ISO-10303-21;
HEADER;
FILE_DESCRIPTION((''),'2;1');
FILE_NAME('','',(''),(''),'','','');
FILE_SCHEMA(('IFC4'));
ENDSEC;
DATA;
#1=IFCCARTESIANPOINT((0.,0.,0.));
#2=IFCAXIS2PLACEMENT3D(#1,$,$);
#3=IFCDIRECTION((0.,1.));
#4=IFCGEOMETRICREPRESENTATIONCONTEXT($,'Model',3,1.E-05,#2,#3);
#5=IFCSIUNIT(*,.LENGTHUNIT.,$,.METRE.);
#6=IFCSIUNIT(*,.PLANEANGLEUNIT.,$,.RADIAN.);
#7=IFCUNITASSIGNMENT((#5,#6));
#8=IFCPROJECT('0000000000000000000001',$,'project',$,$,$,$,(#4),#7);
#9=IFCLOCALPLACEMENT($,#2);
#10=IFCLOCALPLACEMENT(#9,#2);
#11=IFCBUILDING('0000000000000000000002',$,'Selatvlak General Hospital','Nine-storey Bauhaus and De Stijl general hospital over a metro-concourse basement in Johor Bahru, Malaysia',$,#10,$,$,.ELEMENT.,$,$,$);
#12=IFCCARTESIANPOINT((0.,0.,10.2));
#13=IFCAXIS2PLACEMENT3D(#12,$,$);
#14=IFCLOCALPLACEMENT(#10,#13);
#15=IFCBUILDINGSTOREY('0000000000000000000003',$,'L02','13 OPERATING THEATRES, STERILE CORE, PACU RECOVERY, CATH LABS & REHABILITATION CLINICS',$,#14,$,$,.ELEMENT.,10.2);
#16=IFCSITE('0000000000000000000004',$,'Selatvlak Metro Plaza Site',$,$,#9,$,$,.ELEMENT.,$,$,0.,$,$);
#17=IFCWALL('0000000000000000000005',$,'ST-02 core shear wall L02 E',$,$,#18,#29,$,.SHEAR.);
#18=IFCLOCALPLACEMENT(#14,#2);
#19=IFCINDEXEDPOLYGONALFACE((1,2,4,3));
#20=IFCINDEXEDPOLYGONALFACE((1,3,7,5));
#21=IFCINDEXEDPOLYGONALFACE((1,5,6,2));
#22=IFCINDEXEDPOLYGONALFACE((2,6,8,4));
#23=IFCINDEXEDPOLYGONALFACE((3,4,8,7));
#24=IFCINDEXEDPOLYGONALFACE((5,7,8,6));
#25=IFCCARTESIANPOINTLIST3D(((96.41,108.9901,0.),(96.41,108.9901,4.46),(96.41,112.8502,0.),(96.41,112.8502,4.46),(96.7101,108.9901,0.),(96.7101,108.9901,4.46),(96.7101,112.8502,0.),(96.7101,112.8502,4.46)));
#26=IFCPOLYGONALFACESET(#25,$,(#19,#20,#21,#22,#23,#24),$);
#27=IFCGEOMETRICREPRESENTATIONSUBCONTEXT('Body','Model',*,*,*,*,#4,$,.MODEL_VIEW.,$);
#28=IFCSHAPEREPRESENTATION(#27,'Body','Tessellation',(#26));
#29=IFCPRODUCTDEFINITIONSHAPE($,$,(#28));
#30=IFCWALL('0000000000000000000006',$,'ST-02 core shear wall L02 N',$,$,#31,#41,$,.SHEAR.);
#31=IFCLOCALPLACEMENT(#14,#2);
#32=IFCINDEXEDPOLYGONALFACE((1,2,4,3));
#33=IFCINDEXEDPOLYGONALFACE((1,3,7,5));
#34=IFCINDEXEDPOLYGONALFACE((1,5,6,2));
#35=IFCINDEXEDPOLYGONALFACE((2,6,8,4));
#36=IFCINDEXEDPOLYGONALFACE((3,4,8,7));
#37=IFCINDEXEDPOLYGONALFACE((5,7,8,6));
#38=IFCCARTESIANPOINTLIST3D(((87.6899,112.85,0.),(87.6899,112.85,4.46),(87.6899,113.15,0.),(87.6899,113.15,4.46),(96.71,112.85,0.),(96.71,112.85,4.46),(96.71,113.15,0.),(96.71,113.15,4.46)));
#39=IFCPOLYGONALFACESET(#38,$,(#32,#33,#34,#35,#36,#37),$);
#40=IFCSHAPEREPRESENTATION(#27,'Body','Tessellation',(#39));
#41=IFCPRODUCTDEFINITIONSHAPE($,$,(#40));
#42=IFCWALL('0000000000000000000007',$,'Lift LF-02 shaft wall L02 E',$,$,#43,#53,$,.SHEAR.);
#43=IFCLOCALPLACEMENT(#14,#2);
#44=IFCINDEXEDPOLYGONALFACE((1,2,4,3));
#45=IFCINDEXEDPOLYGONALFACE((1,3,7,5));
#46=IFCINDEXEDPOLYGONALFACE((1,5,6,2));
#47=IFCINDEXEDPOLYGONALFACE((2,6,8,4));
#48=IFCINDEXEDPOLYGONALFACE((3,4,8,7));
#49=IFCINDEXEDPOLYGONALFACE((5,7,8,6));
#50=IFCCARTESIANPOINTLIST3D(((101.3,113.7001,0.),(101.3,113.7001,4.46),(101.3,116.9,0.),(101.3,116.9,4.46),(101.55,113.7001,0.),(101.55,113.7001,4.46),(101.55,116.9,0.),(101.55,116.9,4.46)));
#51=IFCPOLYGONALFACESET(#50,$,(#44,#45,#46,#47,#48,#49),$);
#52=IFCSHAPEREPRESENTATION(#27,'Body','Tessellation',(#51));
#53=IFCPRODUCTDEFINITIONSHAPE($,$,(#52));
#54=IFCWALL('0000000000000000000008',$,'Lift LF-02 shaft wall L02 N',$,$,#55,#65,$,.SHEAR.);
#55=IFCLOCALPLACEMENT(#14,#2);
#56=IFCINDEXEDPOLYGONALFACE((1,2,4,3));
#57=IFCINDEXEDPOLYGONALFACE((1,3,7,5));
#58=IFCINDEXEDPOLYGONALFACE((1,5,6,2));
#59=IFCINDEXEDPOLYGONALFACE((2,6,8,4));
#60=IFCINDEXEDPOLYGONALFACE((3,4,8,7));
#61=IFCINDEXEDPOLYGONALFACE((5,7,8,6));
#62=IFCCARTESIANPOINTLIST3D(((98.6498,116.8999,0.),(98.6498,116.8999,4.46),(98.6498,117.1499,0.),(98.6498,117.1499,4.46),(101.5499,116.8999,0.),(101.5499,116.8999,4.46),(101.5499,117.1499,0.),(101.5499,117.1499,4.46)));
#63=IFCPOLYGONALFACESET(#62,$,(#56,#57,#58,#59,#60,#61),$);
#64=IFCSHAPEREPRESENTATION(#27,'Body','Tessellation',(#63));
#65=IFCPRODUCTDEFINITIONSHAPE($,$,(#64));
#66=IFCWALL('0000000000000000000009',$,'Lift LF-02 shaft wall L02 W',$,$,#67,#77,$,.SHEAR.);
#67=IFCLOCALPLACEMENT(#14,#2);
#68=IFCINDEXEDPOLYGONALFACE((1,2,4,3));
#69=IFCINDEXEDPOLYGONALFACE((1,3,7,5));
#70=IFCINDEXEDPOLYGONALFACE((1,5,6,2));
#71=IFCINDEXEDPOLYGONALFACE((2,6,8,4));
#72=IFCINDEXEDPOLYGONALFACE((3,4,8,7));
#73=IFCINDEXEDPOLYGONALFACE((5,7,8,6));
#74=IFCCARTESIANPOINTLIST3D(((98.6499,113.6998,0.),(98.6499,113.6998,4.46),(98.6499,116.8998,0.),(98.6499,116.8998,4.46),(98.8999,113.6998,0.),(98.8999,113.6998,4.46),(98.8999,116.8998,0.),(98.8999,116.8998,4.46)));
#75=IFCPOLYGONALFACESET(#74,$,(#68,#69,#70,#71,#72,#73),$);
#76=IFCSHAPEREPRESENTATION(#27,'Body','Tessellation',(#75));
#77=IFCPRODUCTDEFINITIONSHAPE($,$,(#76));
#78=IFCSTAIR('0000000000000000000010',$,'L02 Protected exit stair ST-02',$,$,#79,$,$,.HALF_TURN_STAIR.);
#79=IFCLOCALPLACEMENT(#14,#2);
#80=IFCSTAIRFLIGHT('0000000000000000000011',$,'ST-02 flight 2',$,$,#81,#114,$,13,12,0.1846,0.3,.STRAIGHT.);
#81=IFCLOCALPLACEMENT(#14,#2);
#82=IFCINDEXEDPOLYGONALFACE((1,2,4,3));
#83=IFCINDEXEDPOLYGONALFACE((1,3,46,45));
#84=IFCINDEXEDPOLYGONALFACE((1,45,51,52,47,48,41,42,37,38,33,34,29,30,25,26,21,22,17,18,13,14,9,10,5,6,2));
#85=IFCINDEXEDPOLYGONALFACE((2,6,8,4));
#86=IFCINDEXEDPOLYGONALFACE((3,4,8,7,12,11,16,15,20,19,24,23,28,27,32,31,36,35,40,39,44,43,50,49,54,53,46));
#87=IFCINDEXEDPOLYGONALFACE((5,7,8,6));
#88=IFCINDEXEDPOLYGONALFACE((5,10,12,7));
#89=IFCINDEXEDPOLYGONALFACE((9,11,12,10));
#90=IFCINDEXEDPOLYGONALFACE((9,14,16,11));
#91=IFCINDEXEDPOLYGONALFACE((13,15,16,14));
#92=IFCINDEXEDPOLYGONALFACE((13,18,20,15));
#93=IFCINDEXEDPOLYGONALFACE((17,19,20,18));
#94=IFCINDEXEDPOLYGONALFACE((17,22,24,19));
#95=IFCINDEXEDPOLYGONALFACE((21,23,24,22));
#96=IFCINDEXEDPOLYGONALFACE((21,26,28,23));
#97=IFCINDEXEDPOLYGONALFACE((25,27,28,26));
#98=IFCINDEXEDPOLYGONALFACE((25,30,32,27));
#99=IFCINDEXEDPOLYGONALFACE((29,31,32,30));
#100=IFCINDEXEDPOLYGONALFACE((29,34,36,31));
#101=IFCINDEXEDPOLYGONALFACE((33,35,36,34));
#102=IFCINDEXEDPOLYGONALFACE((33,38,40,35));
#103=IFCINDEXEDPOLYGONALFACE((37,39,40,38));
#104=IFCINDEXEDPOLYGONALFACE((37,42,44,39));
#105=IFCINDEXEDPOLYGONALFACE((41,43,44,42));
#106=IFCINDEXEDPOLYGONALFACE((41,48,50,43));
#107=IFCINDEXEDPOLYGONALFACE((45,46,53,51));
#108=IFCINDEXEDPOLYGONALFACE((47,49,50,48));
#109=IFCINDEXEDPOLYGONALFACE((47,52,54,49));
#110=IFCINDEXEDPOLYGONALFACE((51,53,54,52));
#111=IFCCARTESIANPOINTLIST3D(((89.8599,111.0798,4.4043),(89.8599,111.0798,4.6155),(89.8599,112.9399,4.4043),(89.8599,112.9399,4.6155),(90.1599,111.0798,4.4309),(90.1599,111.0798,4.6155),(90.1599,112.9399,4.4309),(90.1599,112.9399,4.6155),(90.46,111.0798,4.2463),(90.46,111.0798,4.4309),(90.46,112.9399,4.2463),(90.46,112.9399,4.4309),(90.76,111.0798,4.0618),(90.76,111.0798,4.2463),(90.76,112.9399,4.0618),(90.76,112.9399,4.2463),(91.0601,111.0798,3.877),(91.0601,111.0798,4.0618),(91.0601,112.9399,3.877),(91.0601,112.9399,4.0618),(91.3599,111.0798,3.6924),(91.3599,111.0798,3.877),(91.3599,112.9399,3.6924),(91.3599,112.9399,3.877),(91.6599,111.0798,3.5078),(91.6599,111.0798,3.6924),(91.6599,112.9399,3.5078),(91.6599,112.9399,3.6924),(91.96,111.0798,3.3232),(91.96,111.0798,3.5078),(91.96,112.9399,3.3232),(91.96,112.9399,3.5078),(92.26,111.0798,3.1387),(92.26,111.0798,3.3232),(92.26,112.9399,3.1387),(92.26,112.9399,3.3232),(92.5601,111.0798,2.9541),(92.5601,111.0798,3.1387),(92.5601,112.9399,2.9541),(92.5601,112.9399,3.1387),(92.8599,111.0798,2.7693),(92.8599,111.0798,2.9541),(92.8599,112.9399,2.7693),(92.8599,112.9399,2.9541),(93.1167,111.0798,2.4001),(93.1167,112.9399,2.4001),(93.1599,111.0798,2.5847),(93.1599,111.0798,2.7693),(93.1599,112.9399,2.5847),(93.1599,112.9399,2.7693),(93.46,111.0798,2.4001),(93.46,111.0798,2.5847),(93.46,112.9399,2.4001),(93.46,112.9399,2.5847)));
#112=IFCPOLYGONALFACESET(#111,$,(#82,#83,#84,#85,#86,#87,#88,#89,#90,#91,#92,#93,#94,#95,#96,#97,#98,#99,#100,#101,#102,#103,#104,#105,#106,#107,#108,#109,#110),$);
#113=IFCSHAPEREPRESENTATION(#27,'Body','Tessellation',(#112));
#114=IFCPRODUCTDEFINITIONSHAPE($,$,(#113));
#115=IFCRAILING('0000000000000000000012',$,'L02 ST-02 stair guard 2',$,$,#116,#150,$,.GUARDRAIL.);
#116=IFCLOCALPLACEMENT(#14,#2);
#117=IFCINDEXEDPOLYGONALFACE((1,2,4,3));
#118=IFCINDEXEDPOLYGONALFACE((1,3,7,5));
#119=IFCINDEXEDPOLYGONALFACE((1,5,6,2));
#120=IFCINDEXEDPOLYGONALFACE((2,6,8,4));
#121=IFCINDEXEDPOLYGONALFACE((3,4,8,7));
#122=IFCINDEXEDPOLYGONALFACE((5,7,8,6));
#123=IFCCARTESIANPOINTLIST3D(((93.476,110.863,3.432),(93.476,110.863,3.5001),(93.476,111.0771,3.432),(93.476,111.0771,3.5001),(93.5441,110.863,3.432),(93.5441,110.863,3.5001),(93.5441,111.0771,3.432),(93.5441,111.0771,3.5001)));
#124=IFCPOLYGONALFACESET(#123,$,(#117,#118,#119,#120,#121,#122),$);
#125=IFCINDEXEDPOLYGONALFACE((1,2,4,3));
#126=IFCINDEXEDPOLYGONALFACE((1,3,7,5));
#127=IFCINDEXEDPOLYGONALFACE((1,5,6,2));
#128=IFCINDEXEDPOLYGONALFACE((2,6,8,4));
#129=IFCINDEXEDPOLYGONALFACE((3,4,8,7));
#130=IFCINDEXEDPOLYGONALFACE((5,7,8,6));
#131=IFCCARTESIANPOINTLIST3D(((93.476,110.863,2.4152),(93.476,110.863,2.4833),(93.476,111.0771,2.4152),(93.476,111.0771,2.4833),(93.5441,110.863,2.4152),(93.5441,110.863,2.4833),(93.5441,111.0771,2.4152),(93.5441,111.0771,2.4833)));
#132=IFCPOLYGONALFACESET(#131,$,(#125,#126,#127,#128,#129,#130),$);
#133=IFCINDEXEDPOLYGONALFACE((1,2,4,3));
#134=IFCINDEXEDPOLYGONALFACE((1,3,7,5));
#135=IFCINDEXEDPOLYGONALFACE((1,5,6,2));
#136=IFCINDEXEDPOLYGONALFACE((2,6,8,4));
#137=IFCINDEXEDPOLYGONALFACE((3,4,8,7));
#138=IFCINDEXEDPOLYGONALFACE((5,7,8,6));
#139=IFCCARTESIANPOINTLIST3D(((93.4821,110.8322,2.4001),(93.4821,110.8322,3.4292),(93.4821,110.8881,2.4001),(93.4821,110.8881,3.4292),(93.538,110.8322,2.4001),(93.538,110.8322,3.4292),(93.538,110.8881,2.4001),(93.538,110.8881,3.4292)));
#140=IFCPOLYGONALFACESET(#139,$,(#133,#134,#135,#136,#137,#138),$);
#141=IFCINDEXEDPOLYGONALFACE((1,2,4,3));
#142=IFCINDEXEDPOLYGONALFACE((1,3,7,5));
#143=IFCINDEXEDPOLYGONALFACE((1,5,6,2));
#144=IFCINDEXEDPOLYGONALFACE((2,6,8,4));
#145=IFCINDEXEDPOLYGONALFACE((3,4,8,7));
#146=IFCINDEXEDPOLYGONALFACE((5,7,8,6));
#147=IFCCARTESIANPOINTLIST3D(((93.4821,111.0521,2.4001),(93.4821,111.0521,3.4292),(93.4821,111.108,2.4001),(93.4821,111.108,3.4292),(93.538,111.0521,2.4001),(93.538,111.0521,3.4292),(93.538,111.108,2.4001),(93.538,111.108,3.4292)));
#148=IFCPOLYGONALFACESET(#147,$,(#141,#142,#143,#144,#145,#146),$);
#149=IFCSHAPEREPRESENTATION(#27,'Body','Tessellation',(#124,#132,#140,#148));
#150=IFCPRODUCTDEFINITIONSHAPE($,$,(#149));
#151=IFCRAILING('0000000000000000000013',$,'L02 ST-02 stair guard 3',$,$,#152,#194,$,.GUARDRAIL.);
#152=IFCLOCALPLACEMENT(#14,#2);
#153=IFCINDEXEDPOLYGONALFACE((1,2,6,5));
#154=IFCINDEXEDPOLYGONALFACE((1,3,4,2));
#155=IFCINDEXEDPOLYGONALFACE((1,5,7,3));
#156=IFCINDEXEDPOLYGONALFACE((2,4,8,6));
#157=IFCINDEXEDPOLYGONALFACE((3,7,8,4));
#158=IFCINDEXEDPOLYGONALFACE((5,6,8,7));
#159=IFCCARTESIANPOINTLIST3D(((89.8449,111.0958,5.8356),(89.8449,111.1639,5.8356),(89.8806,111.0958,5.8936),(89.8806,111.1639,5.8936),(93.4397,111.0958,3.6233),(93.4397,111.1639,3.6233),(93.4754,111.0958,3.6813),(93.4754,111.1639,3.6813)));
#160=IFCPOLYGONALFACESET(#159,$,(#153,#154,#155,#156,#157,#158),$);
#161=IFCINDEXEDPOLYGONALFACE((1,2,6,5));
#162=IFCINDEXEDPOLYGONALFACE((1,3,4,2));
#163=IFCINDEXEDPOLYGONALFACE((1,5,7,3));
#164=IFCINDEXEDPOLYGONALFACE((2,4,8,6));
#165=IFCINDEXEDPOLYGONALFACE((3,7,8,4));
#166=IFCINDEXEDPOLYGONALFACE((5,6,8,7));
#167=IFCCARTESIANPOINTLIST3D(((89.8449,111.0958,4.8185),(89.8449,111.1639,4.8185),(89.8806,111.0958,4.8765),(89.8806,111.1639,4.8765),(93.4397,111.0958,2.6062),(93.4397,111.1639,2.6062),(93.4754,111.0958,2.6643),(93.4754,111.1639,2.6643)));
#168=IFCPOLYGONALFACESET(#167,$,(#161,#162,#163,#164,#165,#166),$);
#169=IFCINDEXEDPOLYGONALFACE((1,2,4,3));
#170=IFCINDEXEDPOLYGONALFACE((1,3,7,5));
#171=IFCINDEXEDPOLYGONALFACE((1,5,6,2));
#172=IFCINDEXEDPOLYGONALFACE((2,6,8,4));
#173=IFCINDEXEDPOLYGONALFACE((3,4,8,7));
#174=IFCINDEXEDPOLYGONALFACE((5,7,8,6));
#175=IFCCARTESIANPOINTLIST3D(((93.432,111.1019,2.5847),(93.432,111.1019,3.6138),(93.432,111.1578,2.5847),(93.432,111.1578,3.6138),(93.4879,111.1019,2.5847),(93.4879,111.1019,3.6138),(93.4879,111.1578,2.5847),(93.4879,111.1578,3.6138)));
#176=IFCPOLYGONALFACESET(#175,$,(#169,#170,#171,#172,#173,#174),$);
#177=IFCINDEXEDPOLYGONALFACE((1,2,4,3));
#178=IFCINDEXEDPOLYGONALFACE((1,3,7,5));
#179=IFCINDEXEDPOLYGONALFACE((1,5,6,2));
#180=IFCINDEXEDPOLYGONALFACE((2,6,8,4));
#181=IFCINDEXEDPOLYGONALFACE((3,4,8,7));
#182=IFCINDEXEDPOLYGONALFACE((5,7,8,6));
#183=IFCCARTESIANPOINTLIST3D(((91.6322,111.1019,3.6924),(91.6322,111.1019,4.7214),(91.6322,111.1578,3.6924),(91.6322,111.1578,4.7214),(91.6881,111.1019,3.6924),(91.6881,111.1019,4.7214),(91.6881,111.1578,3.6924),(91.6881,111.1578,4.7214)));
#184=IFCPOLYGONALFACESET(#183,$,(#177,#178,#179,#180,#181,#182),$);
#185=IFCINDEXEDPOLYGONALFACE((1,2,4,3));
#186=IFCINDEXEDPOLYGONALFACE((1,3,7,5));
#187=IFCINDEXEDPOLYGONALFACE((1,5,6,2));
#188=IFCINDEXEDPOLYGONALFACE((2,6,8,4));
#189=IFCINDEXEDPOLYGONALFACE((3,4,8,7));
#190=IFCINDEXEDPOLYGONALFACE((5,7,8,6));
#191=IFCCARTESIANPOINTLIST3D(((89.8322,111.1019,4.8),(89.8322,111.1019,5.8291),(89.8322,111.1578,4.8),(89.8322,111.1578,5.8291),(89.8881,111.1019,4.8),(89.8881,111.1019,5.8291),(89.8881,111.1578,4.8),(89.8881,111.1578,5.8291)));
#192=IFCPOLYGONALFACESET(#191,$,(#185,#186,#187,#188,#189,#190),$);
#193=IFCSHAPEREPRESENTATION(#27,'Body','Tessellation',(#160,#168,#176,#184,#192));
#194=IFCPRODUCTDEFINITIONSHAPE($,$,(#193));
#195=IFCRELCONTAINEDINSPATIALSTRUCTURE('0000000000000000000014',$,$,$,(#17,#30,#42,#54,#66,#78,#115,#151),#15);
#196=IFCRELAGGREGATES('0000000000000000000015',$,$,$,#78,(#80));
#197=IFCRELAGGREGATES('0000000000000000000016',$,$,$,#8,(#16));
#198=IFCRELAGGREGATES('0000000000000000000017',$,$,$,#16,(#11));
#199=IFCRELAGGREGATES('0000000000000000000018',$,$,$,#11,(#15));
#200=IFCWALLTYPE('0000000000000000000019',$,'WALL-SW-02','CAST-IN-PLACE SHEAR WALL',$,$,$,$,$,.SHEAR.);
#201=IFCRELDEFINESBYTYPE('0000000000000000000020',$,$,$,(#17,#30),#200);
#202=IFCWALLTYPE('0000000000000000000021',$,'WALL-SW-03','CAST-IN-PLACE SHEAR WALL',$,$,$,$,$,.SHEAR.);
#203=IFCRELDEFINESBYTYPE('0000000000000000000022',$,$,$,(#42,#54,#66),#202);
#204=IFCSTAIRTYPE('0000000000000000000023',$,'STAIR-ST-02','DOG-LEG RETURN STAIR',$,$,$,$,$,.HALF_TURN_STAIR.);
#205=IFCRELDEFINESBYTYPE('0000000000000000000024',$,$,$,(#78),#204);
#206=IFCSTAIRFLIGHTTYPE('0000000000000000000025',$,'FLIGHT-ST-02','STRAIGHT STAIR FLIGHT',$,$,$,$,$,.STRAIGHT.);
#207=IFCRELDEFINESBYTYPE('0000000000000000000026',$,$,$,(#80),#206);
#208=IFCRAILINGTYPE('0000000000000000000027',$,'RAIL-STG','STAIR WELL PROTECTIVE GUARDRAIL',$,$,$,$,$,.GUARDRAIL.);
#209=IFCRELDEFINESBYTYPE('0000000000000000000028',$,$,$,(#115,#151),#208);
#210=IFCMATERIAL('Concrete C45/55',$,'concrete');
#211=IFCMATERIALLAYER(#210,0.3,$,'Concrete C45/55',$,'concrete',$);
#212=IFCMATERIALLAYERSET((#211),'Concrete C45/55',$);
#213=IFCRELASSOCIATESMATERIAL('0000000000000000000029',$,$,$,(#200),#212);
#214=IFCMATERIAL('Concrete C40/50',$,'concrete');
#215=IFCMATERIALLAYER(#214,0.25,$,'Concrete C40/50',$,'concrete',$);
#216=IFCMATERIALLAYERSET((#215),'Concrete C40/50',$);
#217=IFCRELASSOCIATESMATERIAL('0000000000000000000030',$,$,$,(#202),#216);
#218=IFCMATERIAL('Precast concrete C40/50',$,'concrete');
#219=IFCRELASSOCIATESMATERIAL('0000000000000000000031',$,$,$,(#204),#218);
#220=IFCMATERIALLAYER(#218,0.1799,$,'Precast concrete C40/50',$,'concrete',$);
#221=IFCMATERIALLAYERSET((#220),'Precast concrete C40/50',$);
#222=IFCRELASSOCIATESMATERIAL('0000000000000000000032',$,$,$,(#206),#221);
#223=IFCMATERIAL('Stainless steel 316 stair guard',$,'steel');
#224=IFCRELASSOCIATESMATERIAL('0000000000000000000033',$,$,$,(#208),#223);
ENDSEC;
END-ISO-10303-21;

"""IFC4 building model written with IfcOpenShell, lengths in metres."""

from ifc_helpers import new_model, si_unit, direction, frame, frame_2d, origin, origin_2d, place, context, subcontext, project, spatial, polyline, rectangle, outline, extrude, material, layer, layer_set, type_object, element, aggregate, save


model = new_model("IFC4")

# Units and contexts
model_context = context("Model", 3, precision=1e-05, world=origin(), true_north=direction((0.0, 1.0)))
body_context = subcontext(model_context, "Body", "Model", "MODEL_VIEW")
ifc_project = project(units=[si_unit("LENGTHUNIT", "METRE"), si_unit("PLANEANGLEUNIT", "RADIAN")], contexts=[model_context])

# Site, building, storey
site_placement = place(None, origin())
site = spatial("IfcSite", under=ifc_project, at=site_placement, Name="Selatvlak Metro Plaza Site", CompositionType="ELEMENT", RefElevation=0.0)
building_placement = place(site_placement, origin())
building = spatial("IfcBuilding", under=site, at=building_placement, Name="Selatvlak General Hospital", Description="Nine-storey Bauhaus and De Stijl general hospital over a metro-concourse basement in Johor Bahru, Malaysia", CompositionType="ELEMENT")
storey_placement = place(building_placement, frame((0.0, 0.0, 10.2)))
storey = spatial("IfcBuildingStorey", under=building, at=storey_placement, Name="L02", Description="13 OPERATING THEATRES, STERILE CORE, PACU RECOVERY, CATH LABS & REHABILITATION CLINICS", CompositionType="ELEMENT", Elevation=10.2)

# Shared definitions
ifc_material_1 = material(Name="Concrete C40/50", Category="concrete")

# Walls
ifc_material_2 = material(Name="Concrete C45/55", Category="concrete")
ifc_layer_1 = layer(ifc_material_2, 0.3, Name="Concrete C45/55", Category="concrete")
ifc_layer_set_1 = layer_set([ifc_layer_1], Name="Concrete C45/55")
wall_type_1 = type_object("IfcWallType", Name="WALL-SW-02", Description="CAST-IN-PLACE SHEAR WALL", PredefinedType="SHEAR", material=ifc_layer_set_1)
wall_1_placement = place(storey_placement, frame((96.5601, 108.99, 0.0), z_axis=(0.0, 0.0, 1.0), x_axis=(0.0, 1.0, 0.0)))
element("IfcWall", 1, at=wall_1_placement, inside=storey, type_object=wall_type_1, Name="ST-02 core shear wall L02 E", PredefinedType="SHEAR", context=body_context, shape_type="SweptSolid", body=[
    extrude(rectangle(XDim=3.8601, YDim=0.3, at=frame_2d((1.9302, 0.0))), origin(), (0.0, 0.0, 1.0), 4.46),
])
wall_2_placement = place(storey_placement, frame((96.71, 113.0, 0.0), z_axis=(0.0, 0.0, 1.0), x_axis=(-1.0, 0.0, 0.0)))
element("IfcWall", 2, at=wall_2_placement, inside=storey, type_object=wall_type_1, Name="ST-02 core shear wall L02 N", PredefinedType="SHEAR", context=body_context, shape_type="SweptSolid", body=[
    extrude(rectangle(XDim=9.02, YDim=0.3, at=frame_2d((4.51, 0.0))), origin(), (0.0, 0.0, 1.0), 4.46),
])

# Shared definitions
ifc_layer_2 = layer(ifc_material_1, 0.25, Name="Concrete C40/50", Category="concrete")
ifc_layer_set_2 = layer_set([ifc_layer_2], Name="Concrete C40/50")
wall_type_2 = type_object("IfcWallType", Name="WALL-SW-03", Description="CAST-IN-PLACE SHEAR WALL", PredefinedType="SHEAR", material=ifc_layer_set_2)

# Walls
wall_3_placement = place(storey_placement, frame((101.425, 113.7, 0.0), z_axis=(0.0, 0.0, 1.0), x_axis=(0.0, 1.0, 0.0)))
element("IfcWall", 3, at=wall_3_placement, inside=storey, type_object=wall_type_2, Name="Lift LF-02 shaft wall L02 E", PredefinedType="SHEAR", context=body_context, shape_type="SweptSolid", body=[
    extrude(rectangle(XDim=3.2, YDim=0.25, at=frame_2d((1.6001, 0.0))), origin(), (0.0, 0.0, 1.0), 4.46),
])
wall_4_placement = place(storey_placement, frame((101.55, 117.0249, 0.0), z_axis=(0.0, 0.0, 1.0), x_axis=(-1.0, 0.0, 0.0)))
element("IfcWall", 4, at=wall_4_placement, inside=storey, type_object=wall_type_2, Name="Lift LF-02 shaft wall L02 N", PredefinedType="SHEAR", context=body_context, shape_type="SweptSolid", body=[
    extrude(rectangle(XDim=2.9001, YDim=0.25, at=frame_2d((1.4502, 0.0))), origin(), (0.0, 0.0, 1.0), 4.46),
])
wall_5_placement = place(storey_placement, frame((98.7749, 116.8999, 0.0), z_axis=(0.0, 0.0, 1.0), x_axis=(0.0, -1.0, 0.0)))
element("IfcWall", 5, at=wall_5_placement, inside=storey, type_object=wall_type_2, Name="Lift LF-02 shaft wall L02 W", PredefinedType="SHEAR", context=body_context, shape_type="SweptSolid", body=[
    extrude(rectangle(XDim=3.2, YDim=0.25, at=frame_2d((1.6001, 0.0))), origin(), (0.0, 0.0, 1.0), 4.46),
])

# Stair, stair flight
ifc_material_3 = material(Name="Precast concrete C40/50", Category="concrete")
stair_type = type_object("IfcStairType", Name="STAIR-ST-02", Description="DOG-LEG RETURN STAIR", PredefinedType="HALF_TURN_STAIR", material=ifc_material_3)
stair_placement = place(storey_placement, origin())
stair = element("IfcStair", 6, at=stair_placement, inside=storey, type_object=stair_type, Name="L02 Protected exit stair ST-02", PredefinedType="HALF_TURN_STAIR")
ifc_layer_3 = layer(ifc_material_3, 0.1799, Name="Precast concrete C40/50", Category="concrete")
ifc_layer_set_3 = layer_set([ifc_layer_3], Name="Precast concrete C40/50")
stair_flight_type = type_object("IfcStairFlightType", Name="FLIGHT-ST-02", Description="STRAIGHT STAIR FLIGHT", PredefinedType="STRAIGHT", material=ifc_layer_set_3)
stair_flight_placement = place(storey_placement, frame((93.46, 112.01, 2.4001), z_axis=(0.0, 0.0, 1.0), x_axis=(-1.0, 0.0, 0.0)))
stair_flight = element("IfcStairFlight", 7, at=stair_flight_placement, type_object=stair_flight_type, Name="ST-02 flight 2", NumberOfRisers=13, NumberOfTreads=12, PredefinedType="STRAIGHT", RiserHeight=0.1846, TreadLength=0.3, context=body_context, shape_type="SweptSolid", body=[
    extrude(outline(polyline([(0.0, 0.0), (0.0, 0.1846), (0.3, 0.1846), (0.3, 0.3691), (0.6001, 0.3691), (0.6001, 0.554), (0.8999, 0.554), (0.8999, 0.7385), (1.2, 0.7385), (1.2, 0.9231), (1.5, 0.9231), (1.5, 1.1077), (1.8, 1.1077), (1.8, 1.2922), (2.1001, 1.2922), (2.1001, 1.4768), (2.3999, 1.4768), (2.3999, 1.6616), (2.7, 1.6616), (2.7, 1.8462), (3.0, 1.8462), (3.0, 2.0308), (3.3, 2.0308), (3.3, 2.2153), (3.6001, 2.2153), (3.6001, 2.3999), (3.6001, 2.0042), (0.3433, 0.0), (0.0, 0.0)])), frame((0.0, 0.9302, 0.0), z_axis=(0.0, -1.0, 0.0), x_axis=(1.0, 0.0, 0.0)), (0.0, 0.0, 1.0), 1.8601),
])
aggregate(stair, [stair_flight])

# Railings
ifc_material_4 = material(Name="Stainless steel 316 stair guard", Category="steel")
railing_type_1 = type_object("IfcRailingType", Name="RAIL-STG", Description="STAIR WELL PROTECTIVE GUARDRAIL", PredefinedType="GUARDRAIL", material=ifc_material_4)
railing_1_placement = place(storey_placement, frame((93.51, 110.8601, 2.4001)))
element("IfcRailing", 8, at=railing_1_placement, inside=storey, type_object=railing_type_1, Name="L02 ST-02 stair guard 2", PredefinedType="GUARDRAIL", context=body_context, shape_type="SweptSolid", body=[
    extrude(rectangle(XDim=0.0681, YDim=0.0681, at=origin_2d()), frame((0.0, 0.0029, 1.0659), z_axis=(0.0, 1.0, 0.0), x_axis=(-1.0, 0.0, 0.0)), (0.0, 0.0, 1.0), 0.2141),
    extrude(rectangle(XDim=0.0681, YDim=0.0681, at=origin_2d()), frame((0.0, 0.0029, 0.0491), z_axis=(0.0, 1.0, 0.0), x_axis=(-1.0, 0.0, 0.0)), (0.0, 0.0, 1.0), 0.2141),
    extrude(rectangle(XDim=0.0559, YDim=0.0559, at=origin_2d()), origin(), (0.0, 0.0, 1.0), 1.0291),
    extrude(rectangle(XDim=0.0559, YDim=0.0559, at=origin_2d()), frame((0.0, 0.22, 0.0)), (0.0, 0.0, 1.0), 1.0291),
])
railing_2_placement = place(storey_placement, frame((93.46, 111.1299, 2.5847)))
element("IfcRailing", 9, at=railing_2_placement, inside=storey, type_object=railing_type_1, Name="L02 ST-02 stair guard 3", PredefinedType="GUARDRAIL", context=body_context, shape_type="SweptSolid", body=[
    extrude(rectangle(XDim=0.0681, YDim=0.0681, at=origin_2d()), frame((-0.0024, 0.0, 1.0676), z_axis=(-0.851654, 0.0, 0.524104), x_axis=(0.0, -1.0, 0.0)), (0.0, 0.0, 1.0), 4.2209),
    extrude(rectangle(XDim=0.0681, YDim=0.0681, at=origin_2d()), frame((-0.0024, 0.0, 0.0505), z_axis=(-0.851654, 0.0, 0.524104), x_axis=(0.0, -1.0, 0.0)), (0.0, 0.0, 1.0), 4.2209),
    extrude(rectangle(XDim=0.0559, YDim=0.0559, at=origin_2d()), origin(), (0.0, 0.0, 1.0), 1.0291),
    extrude(rectangle(XDim=0.0559, YDim=0.0559, at=origin_2d()), frame((-1.7998, 0.0, 1.1077)), (0.0, 0.0, 1.0), 1.0291),
    extrude(rectangle(XDim=0.0559, YDim=0.0559, at=origin_2d()), frame((-3.5999, 0.0, 2.2153)), (0.0, 0.0, 1.0), 1.0291),
])

save(model, "model.ifc")
